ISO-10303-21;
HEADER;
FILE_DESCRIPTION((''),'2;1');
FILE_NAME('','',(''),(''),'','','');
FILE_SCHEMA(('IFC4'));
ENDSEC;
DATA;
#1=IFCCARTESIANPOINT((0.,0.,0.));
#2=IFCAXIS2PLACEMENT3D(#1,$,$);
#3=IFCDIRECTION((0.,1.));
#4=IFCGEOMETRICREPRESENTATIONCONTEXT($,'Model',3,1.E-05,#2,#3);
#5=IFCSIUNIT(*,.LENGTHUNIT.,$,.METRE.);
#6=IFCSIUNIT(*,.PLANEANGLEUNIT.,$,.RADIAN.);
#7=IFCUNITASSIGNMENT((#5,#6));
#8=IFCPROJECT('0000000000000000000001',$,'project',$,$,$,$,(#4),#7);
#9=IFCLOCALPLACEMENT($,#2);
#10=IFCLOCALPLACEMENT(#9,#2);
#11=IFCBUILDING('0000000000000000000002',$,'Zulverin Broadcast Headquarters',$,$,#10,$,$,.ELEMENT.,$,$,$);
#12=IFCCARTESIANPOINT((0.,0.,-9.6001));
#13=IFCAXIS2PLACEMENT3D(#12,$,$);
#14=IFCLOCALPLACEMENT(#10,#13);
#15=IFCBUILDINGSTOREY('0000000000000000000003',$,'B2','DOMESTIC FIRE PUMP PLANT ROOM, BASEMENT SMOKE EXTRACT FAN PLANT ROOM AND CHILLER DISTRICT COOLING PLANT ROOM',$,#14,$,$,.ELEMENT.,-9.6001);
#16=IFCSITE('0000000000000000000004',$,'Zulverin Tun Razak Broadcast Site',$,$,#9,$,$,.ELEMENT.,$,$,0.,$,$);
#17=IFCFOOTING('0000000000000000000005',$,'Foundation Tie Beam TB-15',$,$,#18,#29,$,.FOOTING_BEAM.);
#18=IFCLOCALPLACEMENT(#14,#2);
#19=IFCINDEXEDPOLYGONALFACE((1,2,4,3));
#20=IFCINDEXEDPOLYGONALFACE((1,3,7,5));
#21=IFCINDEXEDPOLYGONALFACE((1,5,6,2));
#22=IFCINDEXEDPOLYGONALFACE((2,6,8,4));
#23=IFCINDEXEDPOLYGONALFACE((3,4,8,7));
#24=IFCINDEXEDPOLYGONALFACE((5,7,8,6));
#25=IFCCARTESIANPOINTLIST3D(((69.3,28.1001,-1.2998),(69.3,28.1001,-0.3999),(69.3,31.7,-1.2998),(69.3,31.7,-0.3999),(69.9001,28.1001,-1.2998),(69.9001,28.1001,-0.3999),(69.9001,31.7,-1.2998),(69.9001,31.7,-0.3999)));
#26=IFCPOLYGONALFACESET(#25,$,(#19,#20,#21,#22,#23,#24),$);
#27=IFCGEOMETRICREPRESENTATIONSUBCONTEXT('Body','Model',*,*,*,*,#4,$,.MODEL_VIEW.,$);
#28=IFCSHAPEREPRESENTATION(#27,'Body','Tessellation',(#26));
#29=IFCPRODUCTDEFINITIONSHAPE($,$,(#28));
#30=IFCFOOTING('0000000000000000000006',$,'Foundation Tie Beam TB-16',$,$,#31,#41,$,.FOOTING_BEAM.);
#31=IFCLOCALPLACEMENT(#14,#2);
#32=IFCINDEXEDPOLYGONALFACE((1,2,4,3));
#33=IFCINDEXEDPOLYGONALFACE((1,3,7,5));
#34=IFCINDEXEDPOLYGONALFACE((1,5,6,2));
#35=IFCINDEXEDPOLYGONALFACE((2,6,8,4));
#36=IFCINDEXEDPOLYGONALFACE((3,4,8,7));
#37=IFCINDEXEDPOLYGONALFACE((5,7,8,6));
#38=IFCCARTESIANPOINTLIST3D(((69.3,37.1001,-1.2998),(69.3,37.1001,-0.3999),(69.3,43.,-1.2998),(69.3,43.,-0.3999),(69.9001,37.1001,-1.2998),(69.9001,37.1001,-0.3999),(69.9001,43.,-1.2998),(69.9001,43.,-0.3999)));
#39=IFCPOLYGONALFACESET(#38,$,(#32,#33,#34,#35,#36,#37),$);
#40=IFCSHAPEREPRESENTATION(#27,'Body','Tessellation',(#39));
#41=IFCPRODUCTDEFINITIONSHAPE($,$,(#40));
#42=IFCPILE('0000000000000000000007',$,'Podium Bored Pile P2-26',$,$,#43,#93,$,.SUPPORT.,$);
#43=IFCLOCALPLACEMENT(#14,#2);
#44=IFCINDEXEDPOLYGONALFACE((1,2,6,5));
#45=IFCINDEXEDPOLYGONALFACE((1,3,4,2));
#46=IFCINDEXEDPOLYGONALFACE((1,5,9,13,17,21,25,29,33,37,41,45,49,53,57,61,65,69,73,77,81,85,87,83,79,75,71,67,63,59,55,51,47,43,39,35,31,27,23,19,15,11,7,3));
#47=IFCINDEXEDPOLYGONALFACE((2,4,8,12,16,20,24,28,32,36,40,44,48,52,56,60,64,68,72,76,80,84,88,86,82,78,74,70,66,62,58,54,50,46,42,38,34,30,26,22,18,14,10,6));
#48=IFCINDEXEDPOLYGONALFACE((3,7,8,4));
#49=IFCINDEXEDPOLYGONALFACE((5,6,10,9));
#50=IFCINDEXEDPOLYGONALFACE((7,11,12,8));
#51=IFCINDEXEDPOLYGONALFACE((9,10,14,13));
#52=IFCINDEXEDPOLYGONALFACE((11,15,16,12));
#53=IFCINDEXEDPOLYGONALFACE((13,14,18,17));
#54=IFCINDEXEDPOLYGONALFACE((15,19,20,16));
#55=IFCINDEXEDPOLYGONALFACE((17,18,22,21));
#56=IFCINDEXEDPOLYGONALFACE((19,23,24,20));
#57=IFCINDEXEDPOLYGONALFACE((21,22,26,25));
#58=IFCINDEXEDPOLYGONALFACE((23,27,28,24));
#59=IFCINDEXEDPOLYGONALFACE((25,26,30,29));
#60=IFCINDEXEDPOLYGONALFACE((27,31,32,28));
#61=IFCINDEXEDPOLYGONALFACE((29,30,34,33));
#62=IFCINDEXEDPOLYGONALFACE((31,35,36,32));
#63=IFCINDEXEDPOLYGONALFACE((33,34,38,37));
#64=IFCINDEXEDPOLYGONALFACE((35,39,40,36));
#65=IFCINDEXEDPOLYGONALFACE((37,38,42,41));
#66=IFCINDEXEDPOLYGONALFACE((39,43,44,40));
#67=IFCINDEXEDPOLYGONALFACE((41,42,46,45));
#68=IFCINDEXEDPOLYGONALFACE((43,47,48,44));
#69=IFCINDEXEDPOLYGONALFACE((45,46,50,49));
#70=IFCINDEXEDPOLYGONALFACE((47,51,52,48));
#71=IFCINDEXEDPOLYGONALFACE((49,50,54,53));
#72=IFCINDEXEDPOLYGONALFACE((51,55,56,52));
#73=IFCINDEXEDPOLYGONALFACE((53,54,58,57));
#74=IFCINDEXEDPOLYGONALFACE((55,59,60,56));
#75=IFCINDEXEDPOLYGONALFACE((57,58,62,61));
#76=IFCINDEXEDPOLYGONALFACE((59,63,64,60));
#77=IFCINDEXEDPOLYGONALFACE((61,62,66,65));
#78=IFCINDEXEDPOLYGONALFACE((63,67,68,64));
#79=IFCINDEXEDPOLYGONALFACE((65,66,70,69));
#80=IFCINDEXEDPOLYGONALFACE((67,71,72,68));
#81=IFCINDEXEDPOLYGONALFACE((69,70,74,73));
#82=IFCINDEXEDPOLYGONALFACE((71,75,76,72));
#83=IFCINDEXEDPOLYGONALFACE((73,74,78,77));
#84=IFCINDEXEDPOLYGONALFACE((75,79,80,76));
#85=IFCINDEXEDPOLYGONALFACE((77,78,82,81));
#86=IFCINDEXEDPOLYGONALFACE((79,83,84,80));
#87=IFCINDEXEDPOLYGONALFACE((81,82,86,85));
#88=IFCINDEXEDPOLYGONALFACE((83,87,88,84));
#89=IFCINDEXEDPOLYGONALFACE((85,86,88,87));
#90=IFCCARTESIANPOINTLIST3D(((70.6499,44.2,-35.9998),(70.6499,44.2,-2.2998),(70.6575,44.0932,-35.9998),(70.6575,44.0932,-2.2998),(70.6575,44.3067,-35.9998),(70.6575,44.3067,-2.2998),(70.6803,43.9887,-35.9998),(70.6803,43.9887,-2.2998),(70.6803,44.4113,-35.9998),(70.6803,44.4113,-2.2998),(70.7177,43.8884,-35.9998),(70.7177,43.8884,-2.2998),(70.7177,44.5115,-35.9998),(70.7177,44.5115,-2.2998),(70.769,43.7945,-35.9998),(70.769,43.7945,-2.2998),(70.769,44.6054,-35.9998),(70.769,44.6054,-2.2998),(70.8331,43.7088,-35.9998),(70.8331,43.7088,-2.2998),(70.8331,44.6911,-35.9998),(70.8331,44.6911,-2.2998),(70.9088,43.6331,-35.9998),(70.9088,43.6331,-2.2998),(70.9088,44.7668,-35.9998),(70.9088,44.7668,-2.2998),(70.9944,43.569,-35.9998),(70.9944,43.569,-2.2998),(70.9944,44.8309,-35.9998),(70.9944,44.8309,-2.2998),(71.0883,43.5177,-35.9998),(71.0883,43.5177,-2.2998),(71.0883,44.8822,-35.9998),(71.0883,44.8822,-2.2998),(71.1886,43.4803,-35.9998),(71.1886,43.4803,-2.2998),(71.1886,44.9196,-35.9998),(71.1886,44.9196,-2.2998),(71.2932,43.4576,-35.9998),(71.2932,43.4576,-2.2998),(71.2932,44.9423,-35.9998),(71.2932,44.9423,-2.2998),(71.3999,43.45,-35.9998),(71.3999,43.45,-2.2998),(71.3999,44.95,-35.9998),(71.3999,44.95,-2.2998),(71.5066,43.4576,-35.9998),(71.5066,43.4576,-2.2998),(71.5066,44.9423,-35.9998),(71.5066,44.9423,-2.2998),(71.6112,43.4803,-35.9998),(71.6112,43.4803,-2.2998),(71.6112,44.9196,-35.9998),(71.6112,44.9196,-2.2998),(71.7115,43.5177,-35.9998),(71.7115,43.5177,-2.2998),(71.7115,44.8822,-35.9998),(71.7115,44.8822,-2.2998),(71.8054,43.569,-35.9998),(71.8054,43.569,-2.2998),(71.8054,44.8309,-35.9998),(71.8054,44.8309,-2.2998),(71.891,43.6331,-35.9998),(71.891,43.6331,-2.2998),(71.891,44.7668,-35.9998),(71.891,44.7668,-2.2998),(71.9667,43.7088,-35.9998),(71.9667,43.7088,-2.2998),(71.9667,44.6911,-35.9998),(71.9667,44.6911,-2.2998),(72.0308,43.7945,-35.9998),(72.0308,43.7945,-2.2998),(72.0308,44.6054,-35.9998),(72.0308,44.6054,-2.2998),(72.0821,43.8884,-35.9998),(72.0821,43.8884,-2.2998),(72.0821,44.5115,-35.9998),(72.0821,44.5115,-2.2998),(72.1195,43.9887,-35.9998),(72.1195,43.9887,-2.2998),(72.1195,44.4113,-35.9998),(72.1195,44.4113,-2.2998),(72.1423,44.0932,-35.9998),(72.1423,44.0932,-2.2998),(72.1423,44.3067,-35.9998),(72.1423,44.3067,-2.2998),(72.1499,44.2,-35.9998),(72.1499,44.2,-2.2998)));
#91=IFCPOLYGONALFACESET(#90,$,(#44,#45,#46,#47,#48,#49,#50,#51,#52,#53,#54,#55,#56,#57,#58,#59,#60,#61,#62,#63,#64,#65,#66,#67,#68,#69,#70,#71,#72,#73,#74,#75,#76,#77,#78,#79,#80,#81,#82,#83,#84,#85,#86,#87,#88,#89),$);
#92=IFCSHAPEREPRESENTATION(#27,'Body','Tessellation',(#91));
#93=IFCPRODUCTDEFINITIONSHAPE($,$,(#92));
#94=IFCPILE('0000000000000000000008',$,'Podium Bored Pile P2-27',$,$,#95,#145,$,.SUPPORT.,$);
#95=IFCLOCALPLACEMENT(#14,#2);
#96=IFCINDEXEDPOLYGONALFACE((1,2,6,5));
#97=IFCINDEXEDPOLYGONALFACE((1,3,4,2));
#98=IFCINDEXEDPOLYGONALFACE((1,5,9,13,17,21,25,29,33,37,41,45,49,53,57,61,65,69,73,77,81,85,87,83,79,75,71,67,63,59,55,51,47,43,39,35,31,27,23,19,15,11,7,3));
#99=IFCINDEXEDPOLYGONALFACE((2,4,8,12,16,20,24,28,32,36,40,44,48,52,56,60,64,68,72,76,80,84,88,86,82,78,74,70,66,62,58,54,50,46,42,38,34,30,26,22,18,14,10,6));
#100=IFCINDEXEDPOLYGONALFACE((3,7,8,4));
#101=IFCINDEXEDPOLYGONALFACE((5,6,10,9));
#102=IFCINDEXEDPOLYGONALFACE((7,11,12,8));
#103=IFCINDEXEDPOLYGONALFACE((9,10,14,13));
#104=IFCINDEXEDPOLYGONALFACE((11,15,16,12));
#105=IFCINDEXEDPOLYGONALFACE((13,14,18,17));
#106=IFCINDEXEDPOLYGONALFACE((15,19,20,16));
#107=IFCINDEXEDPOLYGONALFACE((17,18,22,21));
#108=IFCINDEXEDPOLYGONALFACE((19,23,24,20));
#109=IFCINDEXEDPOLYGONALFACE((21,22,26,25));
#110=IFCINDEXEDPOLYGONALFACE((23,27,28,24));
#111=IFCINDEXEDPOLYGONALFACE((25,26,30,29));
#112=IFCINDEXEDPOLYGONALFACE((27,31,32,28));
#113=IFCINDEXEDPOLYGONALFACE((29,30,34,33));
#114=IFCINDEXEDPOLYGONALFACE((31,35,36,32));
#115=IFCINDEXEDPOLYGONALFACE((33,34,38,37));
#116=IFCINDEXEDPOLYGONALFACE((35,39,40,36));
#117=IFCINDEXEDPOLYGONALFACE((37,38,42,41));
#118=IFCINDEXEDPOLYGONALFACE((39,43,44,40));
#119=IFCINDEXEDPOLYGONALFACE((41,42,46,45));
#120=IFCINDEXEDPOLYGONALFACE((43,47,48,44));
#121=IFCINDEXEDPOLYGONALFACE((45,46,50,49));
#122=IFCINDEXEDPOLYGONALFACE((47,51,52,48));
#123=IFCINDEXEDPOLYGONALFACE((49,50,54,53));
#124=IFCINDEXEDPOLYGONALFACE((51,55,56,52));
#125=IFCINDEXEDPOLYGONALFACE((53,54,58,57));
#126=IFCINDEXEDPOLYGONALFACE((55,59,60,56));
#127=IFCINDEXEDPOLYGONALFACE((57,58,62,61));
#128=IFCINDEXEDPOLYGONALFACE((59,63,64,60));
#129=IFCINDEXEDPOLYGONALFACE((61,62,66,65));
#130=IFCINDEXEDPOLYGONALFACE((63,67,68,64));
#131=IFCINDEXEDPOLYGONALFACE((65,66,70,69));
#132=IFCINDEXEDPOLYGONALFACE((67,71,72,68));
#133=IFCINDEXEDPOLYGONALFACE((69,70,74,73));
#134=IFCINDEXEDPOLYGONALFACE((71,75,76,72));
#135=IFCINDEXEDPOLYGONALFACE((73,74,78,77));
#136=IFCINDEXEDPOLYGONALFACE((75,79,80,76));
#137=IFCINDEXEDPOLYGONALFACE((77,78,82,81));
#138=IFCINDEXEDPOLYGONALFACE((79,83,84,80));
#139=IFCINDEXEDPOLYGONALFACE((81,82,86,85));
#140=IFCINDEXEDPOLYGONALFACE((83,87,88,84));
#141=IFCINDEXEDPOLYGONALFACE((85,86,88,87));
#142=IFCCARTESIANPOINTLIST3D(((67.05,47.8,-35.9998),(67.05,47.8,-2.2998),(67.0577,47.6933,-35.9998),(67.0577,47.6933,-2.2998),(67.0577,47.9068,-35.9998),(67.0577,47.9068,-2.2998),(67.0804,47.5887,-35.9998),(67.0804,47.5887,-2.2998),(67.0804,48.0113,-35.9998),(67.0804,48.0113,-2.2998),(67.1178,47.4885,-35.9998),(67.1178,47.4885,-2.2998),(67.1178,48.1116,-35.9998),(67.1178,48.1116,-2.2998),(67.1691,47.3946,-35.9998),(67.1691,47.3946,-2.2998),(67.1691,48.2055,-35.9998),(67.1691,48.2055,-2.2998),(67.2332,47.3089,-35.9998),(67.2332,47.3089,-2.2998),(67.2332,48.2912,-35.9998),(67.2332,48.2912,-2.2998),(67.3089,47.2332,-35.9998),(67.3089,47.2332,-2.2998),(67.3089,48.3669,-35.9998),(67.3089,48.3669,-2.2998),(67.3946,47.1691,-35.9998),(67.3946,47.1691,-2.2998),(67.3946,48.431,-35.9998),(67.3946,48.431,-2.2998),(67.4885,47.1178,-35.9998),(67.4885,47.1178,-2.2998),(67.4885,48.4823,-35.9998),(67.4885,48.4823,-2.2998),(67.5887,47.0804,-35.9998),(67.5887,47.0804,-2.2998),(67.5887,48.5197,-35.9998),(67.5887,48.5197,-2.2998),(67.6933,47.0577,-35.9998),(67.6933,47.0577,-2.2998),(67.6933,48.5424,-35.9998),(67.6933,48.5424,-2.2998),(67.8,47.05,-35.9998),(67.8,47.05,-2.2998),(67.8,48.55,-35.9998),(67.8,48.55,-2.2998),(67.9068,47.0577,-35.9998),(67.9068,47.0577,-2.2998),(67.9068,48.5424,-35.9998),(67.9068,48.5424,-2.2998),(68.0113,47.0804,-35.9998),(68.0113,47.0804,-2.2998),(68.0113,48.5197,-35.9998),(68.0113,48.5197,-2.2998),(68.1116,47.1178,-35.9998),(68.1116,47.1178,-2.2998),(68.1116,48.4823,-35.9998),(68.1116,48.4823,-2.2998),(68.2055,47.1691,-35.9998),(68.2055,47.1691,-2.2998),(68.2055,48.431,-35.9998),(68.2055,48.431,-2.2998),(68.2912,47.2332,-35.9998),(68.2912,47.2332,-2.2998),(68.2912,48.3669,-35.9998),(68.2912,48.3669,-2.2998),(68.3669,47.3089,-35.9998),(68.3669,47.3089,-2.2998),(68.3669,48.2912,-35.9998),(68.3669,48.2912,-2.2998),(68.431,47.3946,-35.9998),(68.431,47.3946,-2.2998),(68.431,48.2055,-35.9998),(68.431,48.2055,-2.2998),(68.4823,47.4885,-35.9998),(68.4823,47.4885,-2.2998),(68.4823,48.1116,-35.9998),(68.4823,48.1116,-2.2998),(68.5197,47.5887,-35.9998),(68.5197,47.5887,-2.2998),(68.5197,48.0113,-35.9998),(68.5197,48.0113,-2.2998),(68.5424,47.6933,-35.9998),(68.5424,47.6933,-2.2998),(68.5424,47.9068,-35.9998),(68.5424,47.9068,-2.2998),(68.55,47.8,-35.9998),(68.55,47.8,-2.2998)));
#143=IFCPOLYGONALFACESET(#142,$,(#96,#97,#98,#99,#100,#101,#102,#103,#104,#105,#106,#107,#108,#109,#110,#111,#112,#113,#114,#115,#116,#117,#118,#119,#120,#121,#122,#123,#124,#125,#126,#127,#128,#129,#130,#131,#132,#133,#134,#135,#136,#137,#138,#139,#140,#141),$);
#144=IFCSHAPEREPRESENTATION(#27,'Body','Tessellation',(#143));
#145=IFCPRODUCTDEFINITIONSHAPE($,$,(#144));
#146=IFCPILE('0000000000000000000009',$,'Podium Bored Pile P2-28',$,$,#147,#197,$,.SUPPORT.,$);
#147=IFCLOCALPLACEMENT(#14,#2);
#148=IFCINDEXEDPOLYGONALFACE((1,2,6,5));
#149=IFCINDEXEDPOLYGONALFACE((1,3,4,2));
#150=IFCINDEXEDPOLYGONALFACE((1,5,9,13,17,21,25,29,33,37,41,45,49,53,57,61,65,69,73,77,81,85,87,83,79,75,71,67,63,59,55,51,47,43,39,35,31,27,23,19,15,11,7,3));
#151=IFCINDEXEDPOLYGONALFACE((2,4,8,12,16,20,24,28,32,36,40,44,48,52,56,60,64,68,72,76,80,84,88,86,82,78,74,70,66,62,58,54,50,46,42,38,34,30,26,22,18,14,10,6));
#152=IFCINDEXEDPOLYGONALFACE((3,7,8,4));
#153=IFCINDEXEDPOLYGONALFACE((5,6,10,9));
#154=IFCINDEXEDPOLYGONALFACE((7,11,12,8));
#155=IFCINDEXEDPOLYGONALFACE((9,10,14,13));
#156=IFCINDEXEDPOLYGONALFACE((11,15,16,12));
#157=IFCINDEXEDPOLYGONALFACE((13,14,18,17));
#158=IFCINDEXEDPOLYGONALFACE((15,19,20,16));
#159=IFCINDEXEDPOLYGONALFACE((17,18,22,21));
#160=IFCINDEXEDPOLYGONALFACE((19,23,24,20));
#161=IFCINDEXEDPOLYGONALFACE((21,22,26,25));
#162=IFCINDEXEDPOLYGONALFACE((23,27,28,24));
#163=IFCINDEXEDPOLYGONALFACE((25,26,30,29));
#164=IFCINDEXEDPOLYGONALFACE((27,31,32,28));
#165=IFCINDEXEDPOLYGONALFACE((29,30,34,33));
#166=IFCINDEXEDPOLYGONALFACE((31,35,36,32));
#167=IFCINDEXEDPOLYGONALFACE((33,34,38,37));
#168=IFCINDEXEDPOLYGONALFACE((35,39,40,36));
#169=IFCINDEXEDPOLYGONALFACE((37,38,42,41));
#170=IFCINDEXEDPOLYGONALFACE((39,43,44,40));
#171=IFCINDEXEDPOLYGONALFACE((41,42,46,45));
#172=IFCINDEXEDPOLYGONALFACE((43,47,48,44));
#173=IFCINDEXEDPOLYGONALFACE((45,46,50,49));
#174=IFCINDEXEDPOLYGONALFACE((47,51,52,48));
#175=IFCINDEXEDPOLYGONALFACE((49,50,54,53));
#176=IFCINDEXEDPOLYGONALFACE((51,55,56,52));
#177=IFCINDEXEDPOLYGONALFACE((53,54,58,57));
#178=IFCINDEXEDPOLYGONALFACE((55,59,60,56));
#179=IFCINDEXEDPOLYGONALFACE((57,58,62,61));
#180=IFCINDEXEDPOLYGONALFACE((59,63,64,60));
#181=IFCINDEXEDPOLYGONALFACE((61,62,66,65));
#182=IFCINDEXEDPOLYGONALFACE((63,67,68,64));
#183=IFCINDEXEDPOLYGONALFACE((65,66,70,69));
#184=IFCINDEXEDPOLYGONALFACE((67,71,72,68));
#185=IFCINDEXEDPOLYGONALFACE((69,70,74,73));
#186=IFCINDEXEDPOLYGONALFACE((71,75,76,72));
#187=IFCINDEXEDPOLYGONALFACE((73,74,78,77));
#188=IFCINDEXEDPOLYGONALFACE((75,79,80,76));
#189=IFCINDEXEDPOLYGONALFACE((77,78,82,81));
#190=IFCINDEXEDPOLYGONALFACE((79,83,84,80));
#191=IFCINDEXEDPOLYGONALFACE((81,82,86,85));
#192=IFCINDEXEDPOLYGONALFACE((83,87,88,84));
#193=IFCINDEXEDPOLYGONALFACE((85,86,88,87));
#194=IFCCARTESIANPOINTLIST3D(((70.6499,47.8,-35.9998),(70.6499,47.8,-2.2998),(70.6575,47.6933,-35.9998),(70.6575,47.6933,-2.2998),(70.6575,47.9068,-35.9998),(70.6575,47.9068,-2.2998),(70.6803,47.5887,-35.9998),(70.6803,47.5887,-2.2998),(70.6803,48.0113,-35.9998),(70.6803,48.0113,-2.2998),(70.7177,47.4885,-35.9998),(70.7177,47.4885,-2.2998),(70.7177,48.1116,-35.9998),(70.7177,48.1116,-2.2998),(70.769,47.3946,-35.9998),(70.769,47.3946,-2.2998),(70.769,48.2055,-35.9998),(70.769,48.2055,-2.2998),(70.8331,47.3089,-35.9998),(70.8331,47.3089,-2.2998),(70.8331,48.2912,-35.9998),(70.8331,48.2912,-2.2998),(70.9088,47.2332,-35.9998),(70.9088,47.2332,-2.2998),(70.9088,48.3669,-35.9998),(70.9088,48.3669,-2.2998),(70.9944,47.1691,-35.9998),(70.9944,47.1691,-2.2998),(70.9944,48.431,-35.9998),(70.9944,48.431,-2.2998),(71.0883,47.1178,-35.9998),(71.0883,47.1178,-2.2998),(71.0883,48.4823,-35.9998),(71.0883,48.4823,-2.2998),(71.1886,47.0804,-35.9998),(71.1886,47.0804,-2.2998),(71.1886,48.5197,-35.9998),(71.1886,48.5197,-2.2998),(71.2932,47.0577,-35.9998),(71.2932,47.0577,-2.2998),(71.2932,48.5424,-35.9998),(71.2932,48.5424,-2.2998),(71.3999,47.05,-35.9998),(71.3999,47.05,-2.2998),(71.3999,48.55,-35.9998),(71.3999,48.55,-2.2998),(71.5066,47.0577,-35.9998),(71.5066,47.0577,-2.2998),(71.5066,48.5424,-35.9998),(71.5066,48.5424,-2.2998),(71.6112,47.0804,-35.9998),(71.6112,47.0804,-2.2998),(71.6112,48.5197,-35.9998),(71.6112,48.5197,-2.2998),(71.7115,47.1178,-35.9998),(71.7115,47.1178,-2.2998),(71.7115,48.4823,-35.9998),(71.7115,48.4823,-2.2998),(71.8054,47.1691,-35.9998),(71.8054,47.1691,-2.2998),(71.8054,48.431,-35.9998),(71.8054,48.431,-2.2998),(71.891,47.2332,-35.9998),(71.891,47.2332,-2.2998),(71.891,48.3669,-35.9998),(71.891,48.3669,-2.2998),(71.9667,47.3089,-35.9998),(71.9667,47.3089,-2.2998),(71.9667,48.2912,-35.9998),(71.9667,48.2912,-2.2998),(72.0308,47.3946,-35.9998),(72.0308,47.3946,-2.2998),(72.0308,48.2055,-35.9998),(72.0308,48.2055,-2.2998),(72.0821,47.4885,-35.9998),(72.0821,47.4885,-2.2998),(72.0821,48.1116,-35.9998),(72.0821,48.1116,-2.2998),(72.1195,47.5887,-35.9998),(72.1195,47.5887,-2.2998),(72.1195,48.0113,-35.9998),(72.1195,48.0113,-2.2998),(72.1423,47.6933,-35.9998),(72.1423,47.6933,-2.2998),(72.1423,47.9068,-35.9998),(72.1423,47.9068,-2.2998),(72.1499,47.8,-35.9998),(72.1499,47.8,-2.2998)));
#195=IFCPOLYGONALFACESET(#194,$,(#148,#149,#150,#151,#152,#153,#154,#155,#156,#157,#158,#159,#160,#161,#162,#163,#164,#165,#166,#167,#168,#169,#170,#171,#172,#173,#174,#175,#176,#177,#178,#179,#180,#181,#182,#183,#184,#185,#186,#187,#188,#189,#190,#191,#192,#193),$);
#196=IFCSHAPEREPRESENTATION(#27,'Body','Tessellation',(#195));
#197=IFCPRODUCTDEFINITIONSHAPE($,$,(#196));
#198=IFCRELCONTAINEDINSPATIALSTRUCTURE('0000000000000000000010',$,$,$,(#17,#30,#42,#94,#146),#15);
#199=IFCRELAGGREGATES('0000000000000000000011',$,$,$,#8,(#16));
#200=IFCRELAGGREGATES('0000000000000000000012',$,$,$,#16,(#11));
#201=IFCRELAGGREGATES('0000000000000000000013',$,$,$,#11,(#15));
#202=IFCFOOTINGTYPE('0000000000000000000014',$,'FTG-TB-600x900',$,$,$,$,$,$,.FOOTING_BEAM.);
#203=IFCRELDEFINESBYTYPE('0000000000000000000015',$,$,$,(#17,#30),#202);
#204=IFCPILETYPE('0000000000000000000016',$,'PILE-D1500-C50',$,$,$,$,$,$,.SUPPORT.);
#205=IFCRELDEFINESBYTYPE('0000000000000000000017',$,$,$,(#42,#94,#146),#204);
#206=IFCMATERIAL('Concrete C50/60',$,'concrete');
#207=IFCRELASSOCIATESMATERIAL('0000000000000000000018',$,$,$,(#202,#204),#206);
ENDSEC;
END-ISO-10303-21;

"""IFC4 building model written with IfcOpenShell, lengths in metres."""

from ifc_helpers import new_model, si_unit, direction, frame, origin, origin_2d, place, context, subcontext, project, spatial, rectangle, circle, extrude, material, material_profile, profile_set, type_object, element, save


model = new_model("IFC4")

# Units and contexts
model_context = context("Model", 3, precision=1e-05, world=origin(), true_north=direction((0.0, 1.0)))
body_context = subcontext(model_context, "Body", "Model", "MODEL_VIEW")
ifc_project = project(units=[si_unit("LENGTHUNIT", "METRE"), si_unit("PLANEANGLEUNIT", "RADIAN")], contexts=[model_context])

# Site, building, storey
site_placement = place(None, origin())
site = spatial("IfcSite", under=ifc_project, at=site_placement, Name="Zulverin Tun Razak Broadcast Site", CompositionType="ELEMENT", RefElevation=0.0)
building_placement = place(site_placement, origin())
building = spatial("IfcBuilding", under=site, at=building_placement, Name="Zulverin Broadcast Headquarters", CompositionType="ELEMENT")
storey_placement = place(building_placement, frame((0.0, 0.0, -9.6001)))
storey = spatial("IfcBuildingStorey", under=building, at=storey_placement, Name="B2", Description="DOMESTIC FIRE PUMP PLANT ROOM, BASEMENT SMOKE EXTRACT FAN PLANT ROOM AND CHILLER DISTRICT COOLING PLANT ROOM", CompositionType="ELEMENT", Elevation=-9.6001)

# Footings
ifc_material_1 = material(Name="Concrete C50/60", Category="concrete")
ifc_material_profile_1 = material_profile(ifc_material_1, rectangle(XDim=0.6001, YDim=0.8999, at=origin_2d()), Name="Concrete C50/60", Category="concrete")
ifc_profile_set_1 = profile_set([ifc_material_profile_1], Name="Concrete C50/60")
footing_type = type_object("IfcFootingType", Name="FTG-TB-600x900", PredefinedType="FOOTING_BEAM", material=ifc_profile_set_1)
footing_1_placement = place(storey_placement, frame((69.6001, 28.1001, -0.8499), z_axis=(0.0, 1.0, 0.0), x_axis=(-1.0, 0.0, 0.0)))
element("IfcFooting", 1, at=footing_1_placement, inside=storey, type_object=footing_type, Name="Foundation Tie Beam TB-15", PredefinedType="FOOTING_BEAM", context=body_context, shape_type="SweptSolid", body=[
    extrude(rectangle(XDim=0.6001, YDim=0.8999, at=origin_2d()), origin(), (0.0, 0.0, 1.0), 3.5999),
])
footing_2_placement = place(storey_placement, frame((69.6001, 37.1001, -0.8499), z_axis=(0.0, 1.0, 0.0), x_axis=(-1.0, 0.0, 0.0)))
element("IfcFooting", 2, at=footing_2_placement, inside=storey, type_object=footing_type, Name="Foundation Tie Beam TB-16", PredefinedType="FOOTING_BEAM", context=body_context, shape_type="SweptSolid", body=[
    extrude(rectangle(XDim=0.6001, YDim=0.8999, at=origin_2d()), origin(), (0.0, 0.0, 1.0), 5.8999),
])

# Piles
ifc_material_profile_2 = material_profile(ifc_material_1, circle(Radius=0.75, at=origin_2d()), Name="Concrete C50/60", Category="concrete")
ifc_profile_set_2 = profile_set([ifc_material_profile_2], Name="Concrete C50/60")
pile_type = type_object("IfcPileType", Name="PILE-D1500-C50", PredefinedType="SUPPORT", material=ifc_profile_set_2)
for number, where, z_axis, x_axis, name in (
    (3, (71.3999, 44.2, -2.2998), (0.0, 0.0, -1.0), (1.0, 0.0, 0.0), "Podium Bored Pile P2-26"),
    (4, (67.8, 47.8, -2.2998), (0.0, 0.0, -1.0), (1.0, 0.0, 0.0), "Podium Bored Pile P2-27"),
    (5, (71.3999, 47.8, -2.2998), (0.0, 0.0, -1.0), (1.0, 0.0, 0.0), "Podium Bored Pile P2-28"),
):
    element("IfcPile", number, at=place(storey_placement, frame(where, z_axis=z_axis, x_axis=x_axis)), inside=storey, type_object=pile_type, Name=name, PredefinedType="SUPPORT", context=body_context, shape_type="SweptSolid", body=[
        extrude(circle(Radius=0.75, at=origin_2d()), origin(), (0.0, 0.0, 1.0), 33.7),
    ])

save(model, "model.ifc")
